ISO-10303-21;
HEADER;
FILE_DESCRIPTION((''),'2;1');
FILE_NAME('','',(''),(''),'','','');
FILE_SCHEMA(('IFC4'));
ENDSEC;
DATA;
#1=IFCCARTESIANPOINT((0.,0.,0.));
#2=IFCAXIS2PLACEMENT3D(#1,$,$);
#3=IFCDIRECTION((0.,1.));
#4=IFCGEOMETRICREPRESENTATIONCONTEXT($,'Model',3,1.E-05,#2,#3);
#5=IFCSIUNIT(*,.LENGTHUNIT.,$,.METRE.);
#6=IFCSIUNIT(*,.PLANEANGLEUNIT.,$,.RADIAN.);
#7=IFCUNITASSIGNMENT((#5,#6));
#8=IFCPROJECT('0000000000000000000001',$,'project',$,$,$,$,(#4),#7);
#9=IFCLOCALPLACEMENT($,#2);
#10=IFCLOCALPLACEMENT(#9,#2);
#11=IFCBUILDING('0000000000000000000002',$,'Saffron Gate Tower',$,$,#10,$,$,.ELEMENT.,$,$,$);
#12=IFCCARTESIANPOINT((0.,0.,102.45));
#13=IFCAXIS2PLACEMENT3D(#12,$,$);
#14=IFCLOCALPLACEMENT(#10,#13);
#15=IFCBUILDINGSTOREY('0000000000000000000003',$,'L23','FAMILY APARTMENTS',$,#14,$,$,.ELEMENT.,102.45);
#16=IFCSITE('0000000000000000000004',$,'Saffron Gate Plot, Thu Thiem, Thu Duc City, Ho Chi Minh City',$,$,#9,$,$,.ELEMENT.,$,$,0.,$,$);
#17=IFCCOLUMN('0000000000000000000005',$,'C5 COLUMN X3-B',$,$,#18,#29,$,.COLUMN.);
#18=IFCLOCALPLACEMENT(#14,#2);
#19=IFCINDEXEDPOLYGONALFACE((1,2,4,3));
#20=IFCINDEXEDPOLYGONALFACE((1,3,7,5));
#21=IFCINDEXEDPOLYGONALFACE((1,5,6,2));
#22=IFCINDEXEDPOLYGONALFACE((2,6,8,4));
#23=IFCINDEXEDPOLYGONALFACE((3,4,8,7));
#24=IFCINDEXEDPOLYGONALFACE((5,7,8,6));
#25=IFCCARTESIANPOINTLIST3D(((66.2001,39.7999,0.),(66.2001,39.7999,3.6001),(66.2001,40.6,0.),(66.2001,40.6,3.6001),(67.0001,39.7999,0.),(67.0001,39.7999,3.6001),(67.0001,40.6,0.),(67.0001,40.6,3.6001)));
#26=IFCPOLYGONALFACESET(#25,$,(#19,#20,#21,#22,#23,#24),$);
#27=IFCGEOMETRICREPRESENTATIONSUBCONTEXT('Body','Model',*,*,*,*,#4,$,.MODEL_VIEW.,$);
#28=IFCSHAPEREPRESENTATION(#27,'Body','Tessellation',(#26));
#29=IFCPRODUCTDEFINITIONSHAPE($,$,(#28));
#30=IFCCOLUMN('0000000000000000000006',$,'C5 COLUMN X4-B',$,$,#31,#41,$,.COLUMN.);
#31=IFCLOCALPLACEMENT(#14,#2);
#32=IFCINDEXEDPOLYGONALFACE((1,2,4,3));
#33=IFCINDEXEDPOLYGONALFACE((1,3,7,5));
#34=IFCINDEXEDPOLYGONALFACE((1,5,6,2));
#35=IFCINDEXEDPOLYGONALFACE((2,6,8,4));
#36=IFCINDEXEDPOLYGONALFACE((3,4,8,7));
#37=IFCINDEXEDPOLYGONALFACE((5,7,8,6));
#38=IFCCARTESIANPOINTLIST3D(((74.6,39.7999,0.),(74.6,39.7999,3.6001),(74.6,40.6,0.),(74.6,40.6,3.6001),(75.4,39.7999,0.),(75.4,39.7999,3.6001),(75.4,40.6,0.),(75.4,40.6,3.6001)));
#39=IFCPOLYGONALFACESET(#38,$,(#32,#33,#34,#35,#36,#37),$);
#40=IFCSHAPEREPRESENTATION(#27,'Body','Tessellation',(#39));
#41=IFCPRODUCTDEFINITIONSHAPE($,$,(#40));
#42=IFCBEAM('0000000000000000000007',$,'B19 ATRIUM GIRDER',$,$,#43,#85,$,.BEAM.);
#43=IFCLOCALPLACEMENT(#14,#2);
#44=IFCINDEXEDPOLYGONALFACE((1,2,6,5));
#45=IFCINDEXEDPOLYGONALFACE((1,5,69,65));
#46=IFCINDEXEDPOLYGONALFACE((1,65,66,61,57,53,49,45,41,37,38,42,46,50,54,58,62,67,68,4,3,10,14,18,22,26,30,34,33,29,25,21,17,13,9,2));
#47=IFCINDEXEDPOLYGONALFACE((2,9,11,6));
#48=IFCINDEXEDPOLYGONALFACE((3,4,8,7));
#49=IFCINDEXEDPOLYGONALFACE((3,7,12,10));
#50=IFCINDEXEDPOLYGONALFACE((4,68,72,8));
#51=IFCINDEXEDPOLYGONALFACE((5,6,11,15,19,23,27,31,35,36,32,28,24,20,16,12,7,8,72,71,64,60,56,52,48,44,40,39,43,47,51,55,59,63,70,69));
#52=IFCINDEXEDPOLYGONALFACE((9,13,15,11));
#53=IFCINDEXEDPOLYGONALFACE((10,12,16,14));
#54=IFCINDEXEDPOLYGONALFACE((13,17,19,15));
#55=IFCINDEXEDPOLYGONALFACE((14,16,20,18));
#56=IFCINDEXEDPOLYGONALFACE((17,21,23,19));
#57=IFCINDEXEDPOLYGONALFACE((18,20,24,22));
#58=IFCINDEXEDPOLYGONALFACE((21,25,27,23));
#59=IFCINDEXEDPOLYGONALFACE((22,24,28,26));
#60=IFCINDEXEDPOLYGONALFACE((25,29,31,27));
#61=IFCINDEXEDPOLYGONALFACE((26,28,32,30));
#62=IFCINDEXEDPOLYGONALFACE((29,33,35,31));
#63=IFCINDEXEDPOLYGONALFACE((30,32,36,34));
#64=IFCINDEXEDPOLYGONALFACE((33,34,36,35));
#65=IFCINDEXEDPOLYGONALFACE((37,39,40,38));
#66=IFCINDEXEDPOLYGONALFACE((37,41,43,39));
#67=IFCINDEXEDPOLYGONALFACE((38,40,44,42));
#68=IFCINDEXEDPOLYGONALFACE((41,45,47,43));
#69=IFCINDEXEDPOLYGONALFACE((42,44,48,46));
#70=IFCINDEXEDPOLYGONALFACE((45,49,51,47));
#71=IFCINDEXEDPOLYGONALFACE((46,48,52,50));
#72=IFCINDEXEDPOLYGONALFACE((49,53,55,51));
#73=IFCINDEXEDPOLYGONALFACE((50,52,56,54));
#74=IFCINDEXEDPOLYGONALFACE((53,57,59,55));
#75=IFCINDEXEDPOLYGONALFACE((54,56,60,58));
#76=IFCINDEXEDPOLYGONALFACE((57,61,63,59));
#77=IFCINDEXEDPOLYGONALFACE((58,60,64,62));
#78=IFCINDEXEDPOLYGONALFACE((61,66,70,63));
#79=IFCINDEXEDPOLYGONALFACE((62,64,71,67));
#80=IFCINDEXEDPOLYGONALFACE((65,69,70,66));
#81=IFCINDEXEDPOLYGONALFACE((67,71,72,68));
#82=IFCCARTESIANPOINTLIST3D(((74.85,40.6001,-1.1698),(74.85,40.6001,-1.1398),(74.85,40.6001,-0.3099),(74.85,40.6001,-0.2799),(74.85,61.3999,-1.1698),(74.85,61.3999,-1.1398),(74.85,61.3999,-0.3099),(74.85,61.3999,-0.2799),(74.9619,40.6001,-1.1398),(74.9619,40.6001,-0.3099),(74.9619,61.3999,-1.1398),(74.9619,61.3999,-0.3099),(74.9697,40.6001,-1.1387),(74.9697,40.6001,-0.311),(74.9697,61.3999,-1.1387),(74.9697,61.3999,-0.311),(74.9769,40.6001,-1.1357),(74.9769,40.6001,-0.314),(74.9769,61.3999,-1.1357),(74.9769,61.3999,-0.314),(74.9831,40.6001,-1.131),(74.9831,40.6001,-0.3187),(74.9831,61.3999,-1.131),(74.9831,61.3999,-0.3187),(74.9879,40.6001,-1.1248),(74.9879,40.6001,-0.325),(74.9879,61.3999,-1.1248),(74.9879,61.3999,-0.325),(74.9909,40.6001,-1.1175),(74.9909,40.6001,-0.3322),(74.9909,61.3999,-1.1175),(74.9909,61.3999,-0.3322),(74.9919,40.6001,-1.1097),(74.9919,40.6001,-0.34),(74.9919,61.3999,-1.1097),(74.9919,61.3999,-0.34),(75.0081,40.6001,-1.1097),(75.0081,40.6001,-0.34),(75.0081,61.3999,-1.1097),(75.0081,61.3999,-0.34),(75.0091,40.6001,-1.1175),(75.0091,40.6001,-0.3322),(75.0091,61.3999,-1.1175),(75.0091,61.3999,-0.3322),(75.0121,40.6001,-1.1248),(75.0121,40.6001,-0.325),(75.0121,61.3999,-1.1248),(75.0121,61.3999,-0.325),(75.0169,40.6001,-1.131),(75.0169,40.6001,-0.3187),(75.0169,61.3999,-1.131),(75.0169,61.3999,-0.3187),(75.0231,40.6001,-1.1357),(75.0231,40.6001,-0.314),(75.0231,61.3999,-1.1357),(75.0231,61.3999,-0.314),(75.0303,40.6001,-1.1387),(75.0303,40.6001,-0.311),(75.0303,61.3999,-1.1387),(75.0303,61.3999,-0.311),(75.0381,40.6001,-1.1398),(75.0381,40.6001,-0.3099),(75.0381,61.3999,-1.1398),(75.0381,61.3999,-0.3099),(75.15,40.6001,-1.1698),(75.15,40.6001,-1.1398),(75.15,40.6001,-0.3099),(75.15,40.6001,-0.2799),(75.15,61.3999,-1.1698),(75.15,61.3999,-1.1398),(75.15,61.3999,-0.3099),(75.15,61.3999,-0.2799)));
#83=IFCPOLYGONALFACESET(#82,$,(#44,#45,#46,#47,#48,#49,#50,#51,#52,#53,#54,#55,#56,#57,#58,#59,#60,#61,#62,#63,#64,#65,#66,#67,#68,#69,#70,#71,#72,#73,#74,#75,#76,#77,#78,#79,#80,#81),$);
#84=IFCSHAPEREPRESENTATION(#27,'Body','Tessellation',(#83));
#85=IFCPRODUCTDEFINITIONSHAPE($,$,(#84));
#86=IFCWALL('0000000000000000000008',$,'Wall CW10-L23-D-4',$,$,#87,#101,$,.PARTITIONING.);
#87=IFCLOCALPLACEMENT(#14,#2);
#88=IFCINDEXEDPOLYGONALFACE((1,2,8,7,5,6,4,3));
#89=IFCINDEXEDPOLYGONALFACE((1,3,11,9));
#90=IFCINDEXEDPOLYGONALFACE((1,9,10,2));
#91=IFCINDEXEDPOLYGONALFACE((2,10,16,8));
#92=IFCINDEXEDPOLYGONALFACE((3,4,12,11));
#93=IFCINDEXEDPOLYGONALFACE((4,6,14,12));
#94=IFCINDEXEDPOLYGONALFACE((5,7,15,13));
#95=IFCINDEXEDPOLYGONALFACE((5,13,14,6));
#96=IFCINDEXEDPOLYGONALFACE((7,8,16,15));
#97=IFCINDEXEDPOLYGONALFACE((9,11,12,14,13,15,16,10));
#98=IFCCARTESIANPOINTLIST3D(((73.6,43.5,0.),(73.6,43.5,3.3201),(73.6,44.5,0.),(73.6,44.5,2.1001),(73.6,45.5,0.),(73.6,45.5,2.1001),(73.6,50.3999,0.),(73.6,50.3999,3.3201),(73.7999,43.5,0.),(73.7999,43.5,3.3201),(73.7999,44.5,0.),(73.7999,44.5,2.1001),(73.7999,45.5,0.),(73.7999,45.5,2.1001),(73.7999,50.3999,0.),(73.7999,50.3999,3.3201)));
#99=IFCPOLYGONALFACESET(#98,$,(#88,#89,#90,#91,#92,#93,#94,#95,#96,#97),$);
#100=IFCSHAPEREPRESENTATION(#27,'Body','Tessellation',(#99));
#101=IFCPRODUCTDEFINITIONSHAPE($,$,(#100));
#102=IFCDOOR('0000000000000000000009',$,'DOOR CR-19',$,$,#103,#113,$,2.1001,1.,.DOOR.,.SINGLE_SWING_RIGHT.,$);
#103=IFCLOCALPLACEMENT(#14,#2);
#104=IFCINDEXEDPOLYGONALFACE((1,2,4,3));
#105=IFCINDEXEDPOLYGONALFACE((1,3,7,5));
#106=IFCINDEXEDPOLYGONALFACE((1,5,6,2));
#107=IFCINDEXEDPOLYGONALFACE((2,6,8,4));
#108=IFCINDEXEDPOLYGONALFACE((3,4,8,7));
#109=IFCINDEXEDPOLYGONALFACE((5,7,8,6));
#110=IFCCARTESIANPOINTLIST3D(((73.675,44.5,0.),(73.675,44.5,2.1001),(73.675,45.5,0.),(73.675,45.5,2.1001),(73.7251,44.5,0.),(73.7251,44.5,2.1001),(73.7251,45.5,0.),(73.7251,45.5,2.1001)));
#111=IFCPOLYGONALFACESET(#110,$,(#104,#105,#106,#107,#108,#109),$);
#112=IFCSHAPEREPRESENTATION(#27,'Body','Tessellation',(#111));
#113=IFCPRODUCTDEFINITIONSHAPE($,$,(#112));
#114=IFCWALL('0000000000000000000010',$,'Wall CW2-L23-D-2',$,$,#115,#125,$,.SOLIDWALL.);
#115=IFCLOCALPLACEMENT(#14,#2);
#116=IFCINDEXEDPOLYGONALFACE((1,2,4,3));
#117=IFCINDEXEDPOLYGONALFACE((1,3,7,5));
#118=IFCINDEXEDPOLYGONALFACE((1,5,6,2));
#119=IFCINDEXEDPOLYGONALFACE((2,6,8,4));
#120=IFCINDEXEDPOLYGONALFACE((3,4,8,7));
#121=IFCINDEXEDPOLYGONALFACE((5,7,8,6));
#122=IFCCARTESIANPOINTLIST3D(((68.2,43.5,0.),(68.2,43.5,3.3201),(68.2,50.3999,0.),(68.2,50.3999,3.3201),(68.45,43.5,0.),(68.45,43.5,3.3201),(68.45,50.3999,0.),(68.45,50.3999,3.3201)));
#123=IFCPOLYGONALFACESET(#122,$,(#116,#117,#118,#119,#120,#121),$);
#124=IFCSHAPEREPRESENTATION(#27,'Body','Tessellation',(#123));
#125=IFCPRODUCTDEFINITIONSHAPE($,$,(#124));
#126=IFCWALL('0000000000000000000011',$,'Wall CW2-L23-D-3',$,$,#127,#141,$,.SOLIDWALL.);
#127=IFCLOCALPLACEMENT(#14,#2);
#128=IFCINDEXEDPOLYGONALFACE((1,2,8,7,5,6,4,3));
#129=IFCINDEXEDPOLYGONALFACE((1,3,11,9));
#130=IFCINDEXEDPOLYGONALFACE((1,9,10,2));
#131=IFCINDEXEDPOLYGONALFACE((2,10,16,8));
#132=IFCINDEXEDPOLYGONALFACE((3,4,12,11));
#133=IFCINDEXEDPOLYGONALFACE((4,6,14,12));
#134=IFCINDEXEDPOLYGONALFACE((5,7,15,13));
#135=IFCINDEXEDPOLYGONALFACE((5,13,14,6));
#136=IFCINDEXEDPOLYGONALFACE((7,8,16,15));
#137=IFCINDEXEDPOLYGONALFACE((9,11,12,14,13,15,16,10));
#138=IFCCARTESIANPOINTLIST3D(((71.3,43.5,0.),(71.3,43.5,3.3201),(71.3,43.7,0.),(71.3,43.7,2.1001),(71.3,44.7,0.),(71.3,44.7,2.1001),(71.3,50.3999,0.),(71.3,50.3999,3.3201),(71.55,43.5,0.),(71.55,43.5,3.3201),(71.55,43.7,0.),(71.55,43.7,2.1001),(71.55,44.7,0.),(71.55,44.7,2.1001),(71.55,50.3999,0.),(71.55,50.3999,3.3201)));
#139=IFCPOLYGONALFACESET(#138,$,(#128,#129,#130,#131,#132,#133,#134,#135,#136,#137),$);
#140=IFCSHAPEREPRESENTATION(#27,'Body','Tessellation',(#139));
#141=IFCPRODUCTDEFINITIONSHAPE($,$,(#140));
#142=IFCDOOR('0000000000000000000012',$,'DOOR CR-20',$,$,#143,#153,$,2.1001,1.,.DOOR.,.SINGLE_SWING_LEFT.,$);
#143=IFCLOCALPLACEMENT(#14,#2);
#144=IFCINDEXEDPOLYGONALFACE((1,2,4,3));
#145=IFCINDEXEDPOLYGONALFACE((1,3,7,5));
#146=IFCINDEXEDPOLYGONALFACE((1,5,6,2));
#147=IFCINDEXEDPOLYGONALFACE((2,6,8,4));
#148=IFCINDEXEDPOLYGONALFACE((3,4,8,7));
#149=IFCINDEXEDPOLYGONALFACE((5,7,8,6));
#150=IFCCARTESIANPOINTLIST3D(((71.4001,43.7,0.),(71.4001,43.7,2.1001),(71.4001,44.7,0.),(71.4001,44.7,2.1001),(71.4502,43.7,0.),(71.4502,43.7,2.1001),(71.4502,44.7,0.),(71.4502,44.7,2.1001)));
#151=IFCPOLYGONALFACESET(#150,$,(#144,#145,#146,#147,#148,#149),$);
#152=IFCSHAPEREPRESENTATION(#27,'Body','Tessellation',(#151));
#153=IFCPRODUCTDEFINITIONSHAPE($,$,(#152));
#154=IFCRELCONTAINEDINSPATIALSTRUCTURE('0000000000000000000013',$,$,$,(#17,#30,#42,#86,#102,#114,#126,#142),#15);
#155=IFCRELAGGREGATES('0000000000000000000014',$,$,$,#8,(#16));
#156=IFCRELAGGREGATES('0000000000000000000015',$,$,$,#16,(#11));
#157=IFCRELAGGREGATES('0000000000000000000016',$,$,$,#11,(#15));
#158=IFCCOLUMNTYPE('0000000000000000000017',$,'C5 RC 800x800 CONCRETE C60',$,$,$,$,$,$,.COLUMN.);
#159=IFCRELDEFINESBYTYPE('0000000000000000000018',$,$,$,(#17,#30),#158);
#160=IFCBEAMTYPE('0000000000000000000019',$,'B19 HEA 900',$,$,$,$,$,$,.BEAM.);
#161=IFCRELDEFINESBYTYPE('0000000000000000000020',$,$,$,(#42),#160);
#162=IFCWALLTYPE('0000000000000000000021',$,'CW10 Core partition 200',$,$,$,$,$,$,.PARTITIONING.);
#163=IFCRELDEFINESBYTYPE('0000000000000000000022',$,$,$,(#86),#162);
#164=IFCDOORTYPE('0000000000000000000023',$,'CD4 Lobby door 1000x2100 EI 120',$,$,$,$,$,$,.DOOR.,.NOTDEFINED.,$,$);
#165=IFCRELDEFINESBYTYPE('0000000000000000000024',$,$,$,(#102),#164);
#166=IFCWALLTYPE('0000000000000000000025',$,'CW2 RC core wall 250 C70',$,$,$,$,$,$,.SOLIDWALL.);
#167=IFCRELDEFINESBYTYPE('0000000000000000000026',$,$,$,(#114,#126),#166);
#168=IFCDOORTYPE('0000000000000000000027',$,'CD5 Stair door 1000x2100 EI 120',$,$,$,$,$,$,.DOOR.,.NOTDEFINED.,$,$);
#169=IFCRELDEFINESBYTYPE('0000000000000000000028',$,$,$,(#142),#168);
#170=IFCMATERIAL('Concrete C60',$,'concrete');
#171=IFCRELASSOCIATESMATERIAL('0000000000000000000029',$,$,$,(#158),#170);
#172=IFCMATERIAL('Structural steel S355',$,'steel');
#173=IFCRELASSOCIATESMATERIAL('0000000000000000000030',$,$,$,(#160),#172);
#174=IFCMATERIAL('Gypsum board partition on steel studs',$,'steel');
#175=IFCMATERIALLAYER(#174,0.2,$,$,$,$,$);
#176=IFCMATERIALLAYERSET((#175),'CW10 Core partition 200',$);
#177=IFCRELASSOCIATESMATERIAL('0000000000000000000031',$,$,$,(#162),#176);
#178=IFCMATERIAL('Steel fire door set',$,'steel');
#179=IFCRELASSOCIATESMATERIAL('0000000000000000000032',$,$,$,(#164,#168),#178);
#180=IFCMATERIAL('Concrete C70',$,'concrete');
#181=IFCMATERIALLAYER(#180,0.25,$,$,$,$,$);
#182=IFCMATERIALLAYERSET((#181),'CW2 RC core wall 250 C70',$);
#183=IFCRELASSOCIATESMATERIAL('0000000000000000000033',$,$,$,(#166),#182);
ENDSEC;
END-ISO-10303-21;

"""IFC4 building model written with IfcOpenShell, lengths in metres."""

from ifc_helpers import new_model, si_unit, direction, frame, frame_2d, origin, origin_2d, place, context, subcontext, project, spatial, rectangle, i_section, extrude, material, layer, layer_set, material_profile, profile_set, type_object, element, fill, save


model = new_model("IFC4")

# Units and contexts
model_context = context("Model", 3, precision=1e-05, world=origin(), true_north=direction((0.0, 1.0)))
body_context = subcontext(model_context, "Body", "Model", "MODEL_VIEW")
ifc_project = project(units=[si_unit("LENGTHUNIT", "METRE"), si_unit("PLANEANGLEUNIT", "RADIAN")], contexts=[model_context])

# Site, building, storey
site_placement = place(None, origin())
site = spatial("IfcSite", under=ifc_project, at=site_placement, Name="Saffron Gate Plot, Thu Thiem, Thu Duc City, Ho Chi Minh City", CompositionType="ELEMENT", RefElevation=0.0)
building_placement = place(site_placement, origin())
building = spatial("IfcBuilding", under=site, at=building_placement, Name="Saffron Gate Tower", CompositionType="ELEMENT")
storey_placement = place(building_placement, frame((0.0, 0.0, 102.45)))
storey = spatial("IfcBuildingStorey", under=building, at=storey_placement, Name="L23", Description="FAMILY APARTMENTS", CompositionType="ELEMENT", Elevation=102.45)

# Columns
ifc_material_1 = material(Name="Concrete C60", Category="concrete")
ifc_material_profile_1 = material_profile(ifc_material_1, rectangle(XDim=0.8, YDim=0.8, at=origin_2d()))
ifc_profile_set_1 = profile_set([ifc_material_profile_1], Name="Concrete C60")
column_type = type_object("IfcColumnType", Name="C5 RC 800x800 CONCRETE C60", PredefinedType="COLUMN", material=ifc_profile_set_1)
for number, where, z_axis, x_axis, name in (
    (1, (66.6001, 40.2, 0.0), (0.0, 0.0, 1.0), (1.0, 0.0, 0.0), "C5 COLUMN X3-B"),
    (2, (75.0, 40.2, 0.0), (0.0, 0.0, 1.0), (1.0, 0.0, 0.0), "C5 COLUMN X4-B"),
):
    element("IfcColumn", number, at=place(storey_placement, frame(where, z_axis=z_axis, x_axis=x_axis)), inside=storey, type_object=column_type, Name=name, PredefinedType="COLUMN", context=body_context, shape_type="SweptSolid", body=[
        extrude(rectangle(XDim=0.8, YDim=0.8, at=origin_2d()), origin(), (0.0, 0.0, 1.0), 3.6001),
    ])

# Beam
ifc_material_2 = material(Name="Structural steel S355", Category="steel")
ifc_material_profile_2 = material_profile(ifc_material_2, i_section(OverallWidth=0.3, OverallDepth=0.8899, WebThickness=0.0161, FlangeThickness=0.03, FilletRadius=0.03, at=origin_2d()))
ifc_profile_set_2 = profile_set([ifc_material_profile_2], Name="Structural steel S355")
beam_type = type_object("IfcBeamType", Name="B19 HEA 900", PredefinedType="BEAM", material=ifc_profile_set_2)
beam_placement = place(storey_placement, frame((75.0, 40.6001, -0.7249), z_axis=(0.0, 1.0, 0.0), x_axis=(-1.0, 0.0, 0.0)))
element("IfcBeam", 3, at=beam_placement, inside=storey, type_object=beam_type, Name="B19 ATRIUM GIRDER", PredefinedType="BEAM", context=body_context, shape_type="SweptSolid", body=[
    extrude(i_section(OverallWidth=0.3, OverallDepth=0.8899, WebThickness=0.0161, FlangeThickness=0.03, FilletRadius=0.03, at=origin_2d()), origin(), (0.0, 0.0, 1.0), 20.7998),
])

# Wall, opening, door
ifc_material_3 = material(Name="Gypsum board partition on steel studs", Category="steel")
ifc_layer_1 = layer(ifc_material_3, 0.2)
ifc_layer_set_1 = layer_set([ifc_layer_1], Name="CW10 Core partition 200")
wall_type_1 = type_object("IfcWallType", Name="CW10 Core partition 200", PredefinedType="PARTITIONING", material=ifc_layer_set_1)
wall_1_placement = place(storey_placement, frame((73.7, 43.5, 0.0), z_axis=(0.0, 0.0, 1.0), x_axis=(0.0, 1.0, 0.0)))
wall_1 = element("IfcWall", 4, at=wall_1_placement, inside=storey, type_object=wall_type_1, Name="Wall CW10-L23-D-4", PredefinedType="PARTITIONING", context=body_context, shape_type="SweptSolid", body=[
    extrude(rectangle(XDim=6.8999, YDim=0.2, at=frame_2d((3.45, 0.0))), origin(), (0.0, 0.0, 1.0), 3.3201),
])
opening_1_placement = place(wall_1_placement, frame((1.0, 0.0, 0.0)))
opening_1 = element("IfcOpeningElement", 5, at=opening_1_placement, cuts=wall_1, PredefinedType="OPENING", context=body_context, shape_type="SweptSolid", body=[
    extrude(rectangle(XDim=1.0, YDim=2.1001, at=frame_2d((0.5, 1.05))), frame((0.0, 0.1099, 0.0), z_axis=(0.0, -1.0, 0.0), x_axis=(1.0, 0.0, 0.0)), (0.0, 0.0, 1.0), 0.22),
])
ifc_material_4 = material(Name="Steel fire door set", Category="steel")
door_type_1 = type_object("IfcDoorType", Name="CD4 Lobby door 1000x2100 EI 120", OperationType="NOTDEFINED", PredefinedType="DOOR", material=ifc_material_4)
door_1_placement = place(opening_1_placement, origin())
door_1 = element("IfcDoor", 6, at=door_1_placement, inside=storey, type_object=door_type_1, Name="DOOR CR-19", OperationType="SINGLE_SWING_RIGHT", OverallHeight=2.1001, OverallWidth=1.0, PredefinedType="DOOR", context=body_context, shape_type="SweptSolid", body=[
    extrude(rectangle(XDim=1.0, YDim=2.1001, at=frame_2d((0.5, 1.05))), frame((0.0, 0.0249, 0.0), z_axis=(0.0, -1.0, 0.0), x_axis=(1.0, 0.0, 0.0)), (0.0, 0.0, 1.0), 0.05),
])
fill(opening_1, door_1)

# Wall
ifc_material_5 = material(Name="Concrete C70", Category="concrete")
ifc_layer_2 = layer(ifc_material_5, 0.25)
ifc_layer_set_2 = layer_set([ifc_layer_2], Name="CW2 RC core wall 250 C70")
wall_type_2 = type_object("IfcWallType", Name="CW2 RC core wall 250 C70", PredefinedType="SOLIDWALL", material=ifc_layer_set_2)
wall_2_placement = place(storey_placement, frame((68.325, 43.5, 0.0), z_axis=(0.0, 0.0, 1.0), x_axis=(0.0, 1.0, 0.0)))
element("IfcWall", 7, at=wall_2_placement, inside=storey, type_object=wall_type_2, Name="Wall CW2-L23-D-2", PredefinedType="SOLIDWALL", context=body_context, shape_type="SweptSolid", body=[
    extrude(rectangle(XDim=6.8999, YDim=0.25, at=frame_2d((3.45, 0.0))), origin(), (0.0, 0.0, 1.0), 3.3201),
])

# Wall, opening, door
wall_3_placement = place(storey_placement, frame((71.425, 43.5, 0.0), z_axis=(0.0, 0.0, 1.0), x_axis=(0.0, 1.0, 0.0)))
wall_3 = element("IfcWall", 8, at=wall_3_placement, inside=storey, type_object=wall_type_2, Name="Wall CW2-L23-D-3", PredefinedType="SOLIDWALL", context=body_context, shape_type="SweptSolid", body=[
    extrude(rectangle(XDim=6.8999, YDim=0.25, at=frame_2d((3.45, 0.0))), origin(), (0.0, 0.0, 1.0), 3.3201),
])
opening_2_placement = place(wall_3_placement, frame((0.2, 0.0, 0.0)))
opening_2 = element("IfcOpeningElement", 9, at=opening_2_placement, cuts=wall_3, PredefinedType="OPENING", context=body_context, shape_type="SweptSolid", body=[
    extrude(rectangle(XDim=1.0, YDim=2.1001, at=frame_2d((0.5, 1.05))), frame((0.0, 0.135, 0.0), z_axis=(0.0, -1.0, 0.0), x_axis=(1.0, 0.0, 0.0)), (0.0, 0.0, 1.0), 0.27),
])
door_type_2 = type_object("IfcDoorType", Name="CD5 Stair door 1000x2100 EI 120", OperationType="NOTDEFINED", PredefinedType="DOOR", material=ifc_material_4)
door_2_placement = place(opening_2_placement, origin())
door_2 = element("IfcDoor", 10, at=door_2_placement, inside=storey, type_object=door_type_2, Name="DOOR CR-20", OperationType="SINGLE_SWING_LEFT", OverallHeight=2.1001, OverallWidth=1.0, PredefinedType="DOOR", context=body_context, shape_type="SweptSolid", body=[
    extrude(rectangle(XDim=1.0, YDim=2.1001, at=frame_2d((0.5, 1.05))), frame((0.0, 0.0249, 0.0), z_axis=(0.0, -1.0, 0.0), x_axis=(1.0, 0.0, 0.0)), (0.0, 0.0, 1.0), 0.05),
])
fill(opening_2, door_2)

save(model, "model.ifc")
